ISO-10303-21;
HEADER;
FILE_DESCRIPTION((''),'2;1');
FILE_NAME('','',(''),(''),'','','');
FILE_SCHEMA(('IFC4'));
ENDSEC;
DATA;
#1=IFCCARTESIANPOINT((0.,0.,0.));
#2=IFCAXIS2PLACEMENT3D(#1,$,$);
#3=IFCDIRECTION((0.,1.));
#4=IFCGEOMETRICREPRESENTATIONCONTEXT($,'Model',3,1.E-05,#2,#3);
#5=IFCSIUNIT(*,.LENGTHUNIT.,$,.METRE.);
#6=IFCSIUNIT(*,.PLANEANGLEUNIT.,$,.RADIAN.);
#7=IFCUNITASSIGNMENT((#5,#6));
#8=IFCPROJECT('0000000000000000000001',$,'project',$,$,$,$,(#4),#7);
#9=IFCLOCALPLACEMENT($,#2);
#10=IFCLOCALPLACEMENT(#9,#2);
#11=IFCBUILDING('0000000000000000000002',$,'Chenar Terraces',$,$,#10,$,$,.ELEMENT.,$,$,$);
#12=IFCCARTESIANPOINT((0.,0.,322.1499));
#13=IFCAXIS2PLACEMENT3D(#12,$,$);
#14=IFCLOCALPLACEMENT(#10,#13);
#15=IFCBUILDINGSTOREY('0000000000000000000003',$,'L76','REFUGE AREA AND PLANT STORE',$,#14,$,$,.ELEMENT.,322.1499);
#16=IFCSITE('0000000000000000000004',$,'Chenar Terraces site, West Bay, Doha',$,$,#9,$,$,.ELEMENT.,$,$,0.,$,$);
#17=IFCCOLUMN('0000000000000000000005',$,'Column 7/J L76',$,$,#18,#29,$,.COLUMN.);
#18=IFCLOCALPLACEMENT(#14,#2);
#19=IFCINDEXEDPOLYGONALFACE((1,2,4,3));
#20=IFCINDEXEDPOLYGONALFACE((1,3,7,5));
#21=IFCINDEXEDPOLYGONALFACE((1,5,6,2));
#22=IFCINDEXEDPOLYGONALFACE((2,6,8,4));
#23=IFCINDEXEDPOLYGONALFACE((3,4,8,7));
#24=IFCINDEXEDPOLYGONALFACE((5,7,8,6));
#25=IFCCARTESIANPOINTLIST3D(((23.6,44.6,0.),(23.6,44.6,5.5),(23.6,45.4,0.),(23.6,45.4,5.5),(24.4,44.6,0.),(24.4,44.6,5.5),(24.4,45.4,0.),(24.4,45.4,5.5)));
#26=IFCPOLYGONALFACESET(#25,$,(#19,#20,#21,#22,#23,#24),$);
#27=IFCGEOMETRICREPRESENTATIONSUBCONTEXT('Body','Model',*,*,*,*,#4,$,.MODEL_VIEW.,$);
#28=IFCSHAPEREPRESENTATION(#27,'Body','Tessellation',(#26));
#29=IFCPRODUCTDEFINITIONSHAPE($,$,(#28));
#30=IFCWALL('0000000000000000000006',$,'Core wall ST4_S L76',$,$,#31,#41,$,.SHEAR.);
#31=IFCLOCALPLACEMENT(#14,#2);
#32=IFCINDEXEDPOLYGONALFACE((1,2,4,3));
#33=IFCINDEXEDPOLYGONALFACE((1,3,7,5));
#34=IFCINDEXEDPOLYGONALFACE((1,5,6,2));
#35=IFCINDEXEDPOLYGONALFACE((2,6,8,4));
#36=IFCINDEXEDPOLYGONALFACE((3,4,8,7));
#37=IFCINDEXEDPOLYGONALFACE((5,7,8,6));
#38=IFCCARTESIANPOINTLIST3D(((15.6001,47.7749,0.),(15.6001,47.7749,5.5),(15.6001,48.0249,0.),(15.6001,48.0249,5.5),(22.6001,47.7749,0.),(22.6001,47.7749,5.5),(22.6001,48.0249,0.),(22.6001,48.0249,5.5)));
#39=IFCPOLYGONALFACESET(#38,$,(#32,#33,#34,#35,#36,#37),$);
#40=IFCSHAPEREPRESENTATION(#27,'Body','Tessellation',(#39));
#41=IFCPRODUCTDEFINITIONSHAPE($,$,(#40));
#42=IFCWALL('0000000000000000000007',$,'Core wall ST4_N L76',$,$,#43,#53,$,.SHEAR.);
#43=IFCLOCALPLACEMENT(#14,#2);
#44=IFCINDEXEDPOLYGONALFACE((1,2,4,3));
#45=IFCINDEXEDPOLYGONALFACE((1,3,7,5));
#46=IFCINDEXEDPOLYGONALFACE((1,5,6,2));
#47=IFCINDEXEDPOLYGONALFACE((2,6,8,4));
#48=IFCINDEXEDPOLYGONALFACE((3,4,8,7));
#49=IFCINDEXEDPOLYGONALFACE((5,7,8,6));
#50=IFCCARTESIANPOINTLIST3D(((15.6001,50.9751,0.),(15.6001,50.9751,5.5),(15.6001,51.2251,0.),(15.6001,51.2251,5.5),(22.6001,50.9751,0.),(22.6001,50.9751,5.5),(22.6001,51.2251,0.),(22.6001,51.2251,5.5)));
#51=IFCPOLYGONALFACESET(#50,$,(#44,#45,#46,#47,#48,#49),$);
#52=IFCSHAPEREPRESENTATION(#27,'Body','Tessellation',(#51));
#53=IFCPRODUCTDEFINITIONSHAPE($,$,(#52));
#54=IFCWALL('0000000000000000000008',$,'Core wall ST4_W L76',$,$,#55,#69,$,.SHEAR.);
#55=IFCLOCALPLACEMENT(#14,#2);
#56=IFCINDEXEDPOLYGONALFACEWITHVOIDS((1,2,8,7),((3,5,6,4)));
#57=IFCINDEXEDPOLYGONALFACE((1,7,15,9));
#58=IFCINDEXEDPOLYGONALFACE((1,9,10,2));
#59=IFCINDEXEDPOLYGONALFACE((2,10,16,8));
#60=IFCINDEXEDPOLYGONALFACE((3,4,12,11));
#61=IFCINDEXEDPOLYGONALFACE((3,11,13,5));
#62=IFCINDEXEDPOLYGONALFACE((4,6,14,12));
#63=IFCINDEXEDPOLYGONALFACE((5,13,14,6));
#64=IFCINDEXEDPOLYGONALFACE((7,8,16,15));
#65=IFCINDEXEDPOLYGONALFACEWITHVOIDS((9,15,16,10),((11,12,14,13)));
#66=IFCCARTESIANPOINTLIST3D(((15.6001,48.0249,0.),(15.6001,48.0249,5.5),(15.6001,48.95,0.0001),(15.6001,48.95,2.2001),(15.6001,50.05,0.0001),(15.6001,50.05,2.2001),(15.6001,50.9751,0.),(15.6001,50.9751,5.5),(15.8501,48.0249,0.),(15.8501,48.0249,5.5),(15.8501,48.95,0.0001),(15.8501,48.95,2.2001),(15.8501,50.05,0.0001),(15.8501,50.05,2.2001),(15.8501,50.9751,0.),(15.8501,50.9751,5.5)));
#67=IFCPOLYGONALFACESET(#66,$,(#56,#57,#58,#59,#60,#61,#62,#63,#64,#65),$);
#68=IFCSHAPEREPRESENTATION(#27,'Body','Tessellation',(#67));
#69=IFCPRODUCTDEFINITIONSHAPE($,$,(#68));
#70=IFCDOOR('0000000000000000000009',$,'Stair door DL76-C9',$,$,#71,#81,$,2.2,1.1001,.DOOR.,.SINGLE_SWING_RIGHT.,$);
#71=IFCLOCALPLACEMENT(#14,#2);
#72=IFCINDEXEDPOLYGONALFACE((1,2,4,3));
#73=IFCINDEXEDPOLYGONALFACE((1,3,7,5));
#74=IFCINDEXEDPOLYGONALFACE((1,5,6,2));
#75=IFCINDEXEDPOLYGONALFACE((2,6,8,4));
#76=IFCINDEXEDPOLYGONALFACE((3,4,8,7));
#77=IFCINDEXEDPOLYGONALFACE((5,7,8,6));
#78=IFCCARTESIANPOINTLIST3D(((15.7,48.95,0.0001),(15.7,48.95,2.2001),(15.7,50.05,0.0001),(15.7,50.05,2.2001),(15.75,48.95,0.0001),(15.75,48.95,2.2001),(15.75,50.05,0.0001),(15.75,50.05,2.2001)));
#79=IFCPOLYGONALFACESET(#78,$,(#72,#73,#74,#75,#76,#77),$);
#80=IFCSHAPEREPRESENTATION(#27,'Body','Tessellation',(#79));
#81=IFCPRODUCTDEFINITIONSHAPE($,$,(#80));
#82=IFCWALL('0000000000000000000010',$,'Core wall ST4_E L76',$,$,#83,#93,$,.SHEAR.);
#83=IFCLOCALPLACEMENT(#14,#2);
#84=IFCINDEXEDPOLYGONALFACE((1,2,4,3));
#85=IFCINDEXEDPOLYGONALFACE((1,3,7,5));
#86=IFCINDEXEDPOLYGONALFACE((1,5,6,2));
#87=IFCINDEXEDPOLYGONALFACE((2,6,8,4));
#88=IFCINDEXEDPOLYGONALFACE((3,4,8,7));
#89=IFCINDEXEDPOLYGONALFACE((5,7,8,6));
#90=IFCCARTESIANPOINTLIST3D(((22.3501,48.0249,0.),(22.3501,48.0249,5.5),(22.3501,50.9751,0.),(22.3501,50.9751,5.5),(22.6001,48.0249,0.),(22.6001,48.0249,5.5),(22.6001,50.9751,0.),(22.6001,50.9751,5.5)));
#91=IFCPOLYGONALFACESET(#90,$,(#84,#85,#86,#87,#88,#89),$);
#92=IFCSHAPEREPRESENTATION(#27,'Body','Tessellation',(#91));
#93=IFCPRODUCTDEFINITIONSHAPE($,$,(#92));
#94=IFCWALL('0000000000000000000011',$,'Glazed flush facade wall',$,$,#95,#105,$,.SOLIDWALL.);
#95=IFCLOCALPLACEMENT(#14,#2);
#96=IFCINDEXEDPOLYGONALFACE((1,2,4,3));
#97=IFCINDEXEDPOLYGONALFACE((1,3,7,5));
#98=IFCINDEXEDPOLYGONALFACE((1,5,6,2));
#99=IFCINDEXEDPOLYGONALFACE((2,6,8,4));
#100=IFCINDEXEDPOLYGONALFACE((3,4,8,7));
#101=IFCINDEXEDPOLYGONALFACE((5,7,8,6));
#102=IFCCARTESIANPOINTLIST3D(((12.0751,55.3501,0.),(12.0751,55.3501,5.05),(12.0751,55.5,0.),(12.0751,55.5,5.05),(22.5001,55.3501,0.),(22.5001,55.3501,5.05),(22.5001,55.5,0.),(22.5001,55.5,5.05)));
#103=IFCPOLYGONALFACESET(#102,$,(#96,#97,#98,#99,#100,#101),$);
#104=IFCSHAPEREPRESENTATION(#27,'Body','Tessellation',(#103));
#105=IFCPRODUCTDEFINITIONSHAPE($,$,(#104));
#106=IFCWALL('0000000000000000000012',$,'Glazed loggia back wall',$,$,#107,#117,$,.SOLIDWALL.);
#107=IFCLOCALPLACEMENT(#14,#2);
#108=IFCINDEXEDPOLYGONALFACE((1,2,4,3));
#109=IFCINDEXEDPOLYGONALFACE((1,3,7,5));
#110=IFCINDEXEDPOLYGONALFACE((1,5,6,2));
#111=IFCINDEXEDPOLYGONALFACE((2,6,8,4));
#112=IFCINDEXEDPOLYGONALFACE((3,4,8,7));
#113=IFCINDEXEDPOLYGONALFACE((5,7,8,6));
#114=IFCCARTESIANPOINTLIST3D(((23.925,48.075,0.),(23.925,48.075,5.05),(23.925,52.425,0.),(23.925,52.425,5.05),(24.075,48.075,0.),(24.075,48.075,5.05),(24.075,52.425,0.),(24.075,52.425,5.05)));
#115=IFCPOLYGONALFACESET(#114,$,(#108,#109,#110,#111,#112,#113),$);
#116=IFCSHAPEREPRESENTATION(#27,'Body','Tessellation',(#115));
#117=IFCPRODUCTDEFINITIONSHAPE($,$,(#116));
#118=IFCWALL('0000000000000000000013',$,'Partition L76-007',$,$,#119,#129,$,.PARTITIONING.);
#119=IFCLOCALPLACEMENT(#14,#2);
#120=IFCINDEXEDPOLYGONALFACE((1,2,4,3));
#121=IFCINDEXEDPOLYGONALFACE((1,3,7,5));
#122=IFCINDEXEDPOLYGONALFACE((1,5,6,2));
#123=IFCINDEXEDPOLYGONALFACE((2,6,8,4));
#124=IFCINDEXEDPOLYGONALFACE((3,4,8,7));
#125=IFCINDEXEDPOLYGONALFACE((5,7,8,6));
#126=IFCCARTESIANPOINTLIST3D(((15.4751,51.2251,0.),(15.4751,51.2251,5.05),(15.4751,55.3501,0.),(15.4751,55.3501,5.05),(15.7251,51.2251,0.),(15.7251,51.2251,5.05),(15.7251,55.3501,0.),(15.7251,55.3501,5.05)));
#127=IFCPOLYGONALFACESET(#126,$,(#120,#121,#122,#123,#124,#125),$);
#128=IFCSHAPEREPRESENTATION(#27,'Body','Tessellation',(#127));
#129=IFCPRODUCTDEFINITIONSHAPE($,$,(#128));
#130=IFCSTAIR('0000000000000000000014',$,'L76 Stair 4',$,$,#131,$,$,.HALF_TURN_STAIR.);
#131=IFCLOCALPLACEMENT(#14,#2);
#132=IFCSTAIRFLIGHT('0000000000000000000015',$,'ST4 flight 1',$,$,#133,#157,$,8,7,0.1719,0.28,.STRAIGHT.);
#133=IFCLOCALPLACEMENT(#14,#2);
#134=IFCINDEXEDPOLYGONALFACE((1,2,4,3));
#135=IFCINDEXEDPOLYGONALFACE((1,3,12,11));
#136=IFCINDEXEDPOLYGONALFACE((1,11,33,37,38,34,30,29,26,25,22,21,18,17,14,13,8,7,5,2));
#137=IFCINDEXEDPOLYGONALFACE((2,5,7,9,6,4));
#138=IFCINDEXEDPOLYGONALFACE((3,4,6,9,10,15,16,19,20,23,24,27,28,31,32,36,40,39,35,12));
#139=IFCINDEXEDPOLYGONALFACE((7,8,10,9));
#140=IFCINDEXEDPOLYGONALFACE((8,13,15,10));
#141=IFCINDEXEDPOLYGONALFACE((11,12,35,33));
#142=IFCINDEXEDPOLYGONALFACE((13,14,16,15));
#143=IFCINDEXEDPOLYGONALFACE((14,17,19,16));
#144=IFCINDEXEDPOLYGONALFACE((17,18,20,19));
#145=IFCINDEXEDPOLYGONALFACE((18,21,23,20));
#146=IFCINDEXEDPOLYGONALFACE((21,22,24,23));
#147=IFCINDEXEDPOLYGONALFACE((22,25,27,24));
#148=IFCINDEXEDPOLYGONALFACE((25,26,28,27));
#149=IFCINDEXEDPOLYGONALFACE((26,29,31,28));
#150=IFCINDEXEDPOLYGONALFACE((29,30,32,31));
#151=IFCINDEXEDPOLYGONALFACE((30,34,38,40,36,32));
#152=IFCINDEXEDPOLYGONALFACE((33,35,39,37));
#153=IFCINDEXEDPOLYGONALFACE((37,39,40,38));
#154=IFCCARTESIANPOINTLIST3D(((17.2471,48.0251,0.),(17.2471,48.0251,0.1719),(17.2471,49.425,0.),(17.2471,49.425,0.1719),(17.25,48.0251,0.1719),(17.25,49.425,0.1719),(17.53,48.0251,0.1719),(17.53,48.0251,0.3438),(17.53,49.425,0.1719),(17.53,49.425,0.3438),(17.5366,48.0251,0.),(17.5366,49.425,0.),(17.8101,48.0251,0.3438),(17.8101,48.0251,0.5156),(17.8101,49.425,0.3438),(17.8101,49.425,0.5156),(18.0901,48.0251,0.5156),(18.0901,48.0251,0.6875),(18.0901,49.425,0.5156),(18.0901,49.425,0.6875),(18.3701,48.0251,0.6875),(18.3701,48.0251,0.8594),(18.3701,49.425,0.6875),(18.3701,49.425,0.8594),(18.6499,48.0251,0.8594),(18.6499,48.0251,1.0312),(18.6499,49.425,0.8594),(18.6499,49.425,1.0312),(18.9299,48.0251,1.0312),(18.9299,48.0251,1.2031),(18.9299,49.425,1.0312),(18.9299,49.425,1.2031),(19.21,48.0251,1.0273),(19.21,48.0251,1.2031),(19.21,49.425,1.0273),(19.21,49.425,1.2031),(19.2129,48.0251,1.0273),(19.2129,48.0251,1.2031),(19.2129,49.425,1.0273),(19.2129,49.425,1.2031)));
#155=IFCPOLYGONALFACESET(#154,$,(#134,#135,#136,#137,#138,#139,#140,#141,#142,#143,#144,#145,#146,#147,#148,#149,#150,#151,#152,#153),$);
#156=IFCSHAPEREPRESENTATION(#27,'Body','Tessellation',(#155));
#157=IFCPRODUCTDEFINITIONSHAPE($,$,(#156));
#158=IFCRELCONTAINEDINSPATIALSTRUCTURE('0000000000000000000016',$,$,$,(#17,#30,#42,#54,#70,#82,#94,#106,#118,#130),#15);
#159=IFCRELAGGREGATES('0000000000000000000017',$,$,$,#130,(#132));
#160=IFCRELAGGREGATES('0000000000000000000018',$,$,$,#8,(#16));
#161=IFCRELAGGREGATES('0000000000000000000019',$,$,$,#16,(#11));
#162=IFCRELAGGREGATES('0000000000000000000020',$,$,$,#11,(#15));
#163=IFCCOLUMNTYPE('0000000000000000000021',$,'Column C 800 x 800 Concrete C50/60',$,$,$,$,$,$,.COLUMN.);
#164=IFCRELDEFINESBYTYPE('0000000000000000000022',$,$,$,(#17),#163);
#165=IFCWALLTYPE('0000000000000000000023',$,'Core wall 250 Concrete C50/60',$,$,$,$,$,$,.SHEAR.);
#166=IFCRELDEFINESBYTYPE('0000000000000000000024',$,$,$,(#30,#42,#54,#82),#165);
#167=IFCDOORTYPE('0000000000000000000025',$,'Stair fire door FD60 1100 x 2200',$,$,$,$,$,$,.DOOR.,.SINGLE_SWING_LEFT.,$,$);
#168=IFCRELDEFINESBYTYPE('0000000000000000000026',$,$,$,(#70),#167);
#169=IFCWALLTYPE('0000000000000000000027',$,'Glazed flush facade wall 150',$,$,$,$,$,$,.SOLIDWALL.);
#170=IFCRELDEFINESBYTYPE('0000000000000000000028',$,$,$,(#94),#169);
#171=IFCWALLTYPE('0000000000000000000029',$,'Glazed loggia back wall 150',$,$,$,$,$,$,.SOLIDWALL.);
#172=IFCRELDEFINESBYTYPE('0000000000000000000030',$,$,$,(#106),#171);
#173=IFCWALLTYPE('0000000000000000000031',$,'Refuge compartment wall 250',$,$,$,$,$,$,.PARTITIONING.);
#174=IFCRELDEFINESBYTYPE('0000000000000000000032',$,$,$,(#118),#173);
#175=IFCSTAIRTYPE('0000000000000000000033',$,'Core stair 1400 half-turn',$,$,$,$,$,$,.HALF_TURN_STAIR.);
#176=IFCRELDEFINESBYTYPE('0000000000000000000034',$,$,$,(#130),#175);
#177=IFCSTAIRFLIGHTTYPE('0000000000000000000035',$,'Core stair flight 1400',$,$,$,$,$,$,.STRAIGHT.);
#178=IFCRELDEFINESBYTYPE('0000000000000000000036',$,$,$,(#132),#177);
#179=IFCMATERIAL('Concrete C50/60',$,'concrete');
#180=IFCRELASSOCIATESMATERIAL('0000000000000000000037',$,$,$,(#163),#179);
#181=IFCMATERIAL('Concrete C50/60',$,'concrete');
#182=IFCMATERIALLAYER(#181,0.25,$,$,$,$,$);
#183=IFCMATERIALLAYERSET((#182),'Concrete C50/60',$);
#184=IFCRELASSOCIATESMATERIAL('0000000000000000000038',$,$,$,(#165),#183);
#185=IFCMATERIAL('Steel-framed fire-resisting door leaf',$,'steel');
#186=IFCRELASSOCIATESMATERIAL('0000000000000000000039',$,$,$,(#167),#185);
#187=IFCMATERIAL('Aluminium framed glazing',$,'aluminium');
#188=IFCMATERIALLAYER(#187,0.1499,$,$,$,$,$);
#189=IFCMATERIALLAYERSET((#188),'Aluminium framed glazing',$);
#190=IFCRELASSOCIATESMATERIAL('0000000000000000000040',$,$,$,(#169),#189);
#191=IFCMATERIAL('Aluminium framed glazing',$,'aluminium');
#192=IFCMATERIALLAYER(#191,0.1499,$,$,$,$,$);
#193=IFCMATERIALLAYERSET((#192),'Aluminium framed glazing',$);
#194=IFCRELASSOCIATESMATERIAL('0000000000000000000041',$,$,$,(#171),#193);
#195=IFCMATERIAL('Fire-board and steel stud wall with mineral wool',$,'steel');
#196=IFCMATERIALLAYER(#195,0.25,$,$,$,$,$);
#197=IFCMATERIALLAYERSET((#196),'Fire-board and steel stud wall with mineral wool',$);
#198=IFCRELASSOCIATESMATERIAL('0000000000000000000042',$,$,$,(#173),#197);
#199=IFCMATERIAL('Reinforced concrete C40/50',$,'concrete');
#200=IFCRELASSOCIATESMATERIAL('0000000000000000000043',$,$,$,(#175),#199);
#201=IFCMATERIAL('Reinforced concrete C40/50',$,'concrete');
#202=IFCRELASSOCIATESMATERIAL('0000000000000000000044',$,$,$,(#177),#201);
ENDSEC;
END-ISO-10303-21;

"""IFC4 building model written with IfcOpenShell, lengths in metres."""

from ifc_helpers import new_model, si_unit, direction, frame, frame_2d, origin, origin_2d, place, context, subcontext, project, spatial, polyline, rectangle, outline, extrude, material, layer, layer_set, material_profile, profile_set, type_object, element, fill, aggregate, save


model = new_model("IFC4")

# Units and contexts
model_context = context("Model", 3, precision=1e-05, world=origin(), true_north=direction((0.0, 1.0)))
body_context = subcontext(model_context, "Body", "Model", "MODEL_VIEW")
ifc_project = project(units=[si_unit("LENGTHUNIT", "METRE"), si_unit("PLANEANGLEUNIT", "RADIAN")], contexts=[model_context])

# Site, building, storey
site_placement = place(None, origin())
site = spatial("IfcSite", under=ifc_project, at=site_placement, Name="Chenar Terraces site, West Bay, Doha", CompositionType="ELEMENT", RefElevation=0.0)
building_placement = place(site_placement, origin())
building = spatial("IfcBuilding", under=site, at=building_placement, Name="Chenar Terraces", CompositionType="ELEMENT")
storey_placement = place(building_placement, frame((0.0, 0.0, 322.1499)))
storey = spatial("IfcBuildingStorey", under=building, at=storey_placement, Name="L76", Description="REFUGE AREA AND PLANT STORE", CompositionType="ELEMENT", Elevation=322.1499)

# Column
ifc_material_1 = material(Name="Concrete C50/60", Category="concrete")
ifc_material_profile_1 = material_profile(ifc_material_1, rectangle(XDim=0.8, YDim=0.8, at=origin_2d()), Name="C 800 x 800")
ifc_profile_set_1 = profile_set([ifc_material_profile_1], Name="Concrete C50/60")
column_type = type_object("IfcColumnType", Name="Column C 800 x 800 Concrete C50/60", PredefinedType="COLUMN", material=ifc_profile_set_1)
column_placement = place(storey_placement, frame((24.0, 45.0, 0.0), z_axis=(0.0, 0.0, 1.0), x_axis=(1.0, 0.0, 0.0)))
element("IfcColumn", 1, at=column_placement, inside=storey, type_object=column_type, Name="Column 7/J L76", PredefinedType="COLUMN", context=body_context, shape_type="SweptSolid", body=[
    extrude(rectangle(XDim=0.8, YDim=0.8, at=origin_2d()), origin(), (0.0, 0.0, 1.0), 5.5),
])

# Walls
ifc_material_2 = material(Name="Concrete C50/60", Category="concrete")
ifc_layer_1 = layer(ifc_material_2, 0.25)
ifc_layer_set_1 = layer_set([ifc_layer_1], Name="Concrete C50/60")
wall_type_1 = type_object("IfcWallType", Name="Core wall 250 Concrete C50/60", PredefinedType="SHEAR", material=ifc_layer_set_1)
for number, where, z_axis, x_axis, name in (
    (2, (15.6001, 47.8999, 0.0), (0.0, 0.0, 1.0), (1.0, 0.0, 0.0), "Core wall ST4_S L76"),
    (3, (15.6001, 51.1001, 0.0), (0.0, 0.0, 1.0), (1.0, 0.0, 0.0), "Core wall ST4_N L76"),
):
    element("IfcWall", number, at=place(storey_placement, frame(where, z_axis=z_axis, x_axis=x_axis)), inside=storey, type_object=wall_type_1, Name=name, PredefinedType="SHEAR", context=body_context, shape_type="SweptSolid", body=[
        extrude(rectangle(XDim=7.0, YDim=0.25, at=frame_2d((3.5, 0.0))), origin(), (0.0, 0.0, 1.0), 5.5),
    ])

# Wall, opening, door
wall_1_placement = place(storey_placement, frame((15.7251, 48.0249, 0.0), z_axis=(0.0, 0.0, 1.0), x_axis=(0.0, 1.0, 0.0)))
wall_1 = element("IfcWall", 4, at=wall_1_placement, inside=storey, type_object=wall_type_1, Name="Core wall ST4_W L76", PredefinedType="SHEAR", context=body_context, shape_type="SweptSolid", body=[
    extrude(rectangle(XDim=2.9502, YDim=0.25, at=frame_2d((1.4751, 0.0))), origin(), (0.0, 0.0, 1.0), 5.5),
])
opening_placement = place(wall_1_placement, frame((0.925, 0.0, 0.0)))
opening = element("IfcOpeningElement", 5, at=opening_placement, cuts=wall_1, PredefinedType="OPENING", context=body_context, shape_type="SweptSolid", body=[
    extrude(rectangle(XDim=1.1001, YDim=2.2, at=frame_2d((0.55, 1.1001))), frame((0.0, 0.135, 0.0), z_axis=(0.0, -1.0, 0.0), x_axis=(1.0, 0.0, 0.0)), (0.0, 0.0, 1.0), 0.27),
])
ifc_material_3 = material(Name="Steel-framed fire-resisting door leaf", Category="steel")
door_type = type_object("IfcDoorType", Name="Stair fire door FD60 1100 x 2200", OperationType="SINGLE_SWING_LEFT", PredefinedType="DOOR", material=ifc_material_3)
door_placement = place(opening_placement, frame((1.1001, 0.0, 0.0), z_axis=(0.0, 0.0, 1.0), x_axis=(-1.0, 0.0, 0.0)))
door = element("IfcDoor", 6, at=door_placement, inside=storey, type_object=door_type, Name="Stair door DL76-C9", OperationType="SINGLE_SWING_RIGHT", OverallHeight=2.2, OverallWidth=1.1001, PredefinedType="DOOR", context=body_context, shape_type="SweptSolid", body=[
    extrude(rectangle(XDim=1.1001, YDim=2.2, at=frame_2d((0.55, 1.1001))), frame((0.0, 0.0249, 0.0), z_axis=(0.0, -1.0, 0.0), x_axis=(1.0, 0.0, 0.0)), (0.0, 0.0, 1.0), 0.05),
])
fill(opening, door)

# Walls
wall_2_placement = place(storey_placement, frame((22.4751, 48.0249, 0.0), z_axis=(0.0, 0.0, 1.0), x_axis=(0.0, 1.0, 0.0)))
element("IfcWall", 7, at=wall_2_placement, inside=storey, type_object=wall_type_1, Name="Core wall ST4_E L76", PredefinedType="SHEAR", context=body_context, shape_type="SweptSolid", body=[
    extrude(rectangle(XDim=2.9502, YDim=0.25, at=frame_2d((1.4751, 0.0))), origin(), (0.0, 0.0, 1.0), 5.5),
])
ifc_material_4 = material(Name="Aluminium framed glazing", Category="aluminium")
ifc_layer_2 = layer(ifc_material_4, 0.1499)
ifc_layer_set_2 = layer_set([ifc_layer_2], Name="Aluminium framed glazing")
wall_type_2 = type_object("IfcWallType", Name="Glazed flush facade wall 150", PredefinedType="SOLIDWALL", material=ifc_layer_set_2)
wall_3_placement = place(storey_placement, frame((22.5, 55.425, 0.0), z_axis=(0.0, 0.0, 1.0), x_axis=(-1.0, 0.0, 0.0)))
element("IfcWall", 8, at=wall_3_placement, inside=storey, type_object=wall_type_2, Name="Glazed flush facade wall", PredefinedType="SOLIDWALL", context=body_context, shape_type="SweptSolid", body=[
    extrude(rectangle(XDim=10.425, YDim=0.1499, at=frame_2d((5.2124, 0.0))), origin(), (0.0, 0.0, 1.0), 5.05),
])
ifc_material_5 = material(Name="Aluminium framed glazing", Category="aluminium")
ifc_layer_3 = layer(ifc_material_5, 0.1499)
ifc_layer_set_3 = layer_set([ifc_layer_3], Name="Aluminium framed glazing")
wall_type_3 = type_object("IfcWallType", Name="Glazed loggia back wall 150", PredefinedType="SOLIDWALL", material=ifc_layer_set_3)
wall_4_placement = place(storey_placement, frame((24.0, 48.075, 0.0), z_axis=(0.0, 0.0, 1.0), x_axis=(0.0, 1.0, 0.0)))
element("IfcWall", 9, at=wall_4_placement, inside=storey, type_object=wall_type_3, Name="Glazed loggia back wall", PredefinedType="SOLIDWALL", context=body_context, shape_type="SweptSolid", body=[
    extrude(rectangle(XDim=4.3501, YDim=0.1499, at=frame_2d((2.175, 0.0))), origin(), (0.0, 0.0, 1.0), 5.05),
])
ifc_material_6 = material(Name="Fire-board and steel stud wall with mineral wool", Category="steel")
ifc_layer_4 = layer(ifc_material_6, 0.25)
ifc_layer_set_4 = layer_set([ifc_layer_4], Name="Fire-board and steel stud wall with mineral wool")
wall_type_4 = type_object("IfcWallType", Name="Refuge compartment wall 250", PredefinedType="PARTITIONING", material=ifc_layer_set_4)
wall_5_placement = place(storey_placement, frame((15.6001, 51.2251, 0.0), z_axis=(0.0, 0.0, 1.0), x_axis=(0.0, 1.0, 0.0)))
element("IfcWall", 10, at=wall_5_placement, inside=storey, type_object=wall_type_4, Name="Partition L76-007", PredefinedType="PARTITIONING", context=body_context, shape_type="SweptSolid", body=[
    extrude(rectangle(XDim=4.125, YDim=0.25, at=frame_2d((2.0625, 0.0))), origin(), (0.0, 0.0, 1.0), 5.05),
])

# Stair, stair flight
ifc_material_7 = material(Name="Reinforced concrete C40/50", Category="concrete")
stair_type = type_object("IfcStairType", Name="Core stair 1400 half-turn", PredefinedType="HALF_TURN_STAIR", material=ifc_material_7)
stair_placement = place(storey_placement, origin())
stair = element("IfcStair", 11, at=stair_placement, inside=storey, type_object=stair_type, Name="L76 Stair 4", PredefinedType="HALF_TURN_STAIR")
ifc_material_8 = material(Name="Reinforced concrete C40/50", Category="concrete")
stair_flight_type = type_object("IfcStairFlightType", Name="Core stair flight 1400", PredefinedType="STRAIGHT", material=ifc_material_8)
stair_flight_1_placement = place(storey_placement, frame((17.25, 48.7251, 0.0), z_axis=(0.0, 0.0, 1.0), x_axis=(1.0, 0.0, 0.0)))
stair_flight_1 = element("IfcStairFlight", 12, at=stair_flight_1_placement, type_object=stair_flight_type, Name="ST4 flight 1", NumberOfRisers=8, NumberOfTreads=7, PredefinedType="STRAIGHT", RiserHeight=0.1719, TreadLength=0.28, context=body_context, shape_type="SweptSolid", body=[
    extrude(outline(polyline([(-0.0029, 0.0), (-0.0029, 0.1719), (0.0, 0.1719), (0.28, 0.1719), (0.28, 0.3438), (0.5601, 0.3438), (0.5601, 0.5156), (0.8401, 0.5156), (0.8401, 0.6875), (1.1201, 0.6875), (1.1201, 0.8594), (1.3999, 0.8594), (1.3999, 1.0312), (1.6799, 1.0312), (1.6799, 1.2031), (1.96, 1.2031), (1.9629, 1.2031), (1.9629, 1.0273), (1.96, 1.0273), (0.2866, 0.0), (-0.0029, 0.0)])), frame((0.0, 0.7, 0.0), z_axis=(0.0, -1.0, 0.0), x_axis=(1.0, 0.0, 0.0)), (0.0, 0.0, 1.0), 1.3999),
])
aggregate(stair, [stair_flight_1])

save(model, "model.ifc")
